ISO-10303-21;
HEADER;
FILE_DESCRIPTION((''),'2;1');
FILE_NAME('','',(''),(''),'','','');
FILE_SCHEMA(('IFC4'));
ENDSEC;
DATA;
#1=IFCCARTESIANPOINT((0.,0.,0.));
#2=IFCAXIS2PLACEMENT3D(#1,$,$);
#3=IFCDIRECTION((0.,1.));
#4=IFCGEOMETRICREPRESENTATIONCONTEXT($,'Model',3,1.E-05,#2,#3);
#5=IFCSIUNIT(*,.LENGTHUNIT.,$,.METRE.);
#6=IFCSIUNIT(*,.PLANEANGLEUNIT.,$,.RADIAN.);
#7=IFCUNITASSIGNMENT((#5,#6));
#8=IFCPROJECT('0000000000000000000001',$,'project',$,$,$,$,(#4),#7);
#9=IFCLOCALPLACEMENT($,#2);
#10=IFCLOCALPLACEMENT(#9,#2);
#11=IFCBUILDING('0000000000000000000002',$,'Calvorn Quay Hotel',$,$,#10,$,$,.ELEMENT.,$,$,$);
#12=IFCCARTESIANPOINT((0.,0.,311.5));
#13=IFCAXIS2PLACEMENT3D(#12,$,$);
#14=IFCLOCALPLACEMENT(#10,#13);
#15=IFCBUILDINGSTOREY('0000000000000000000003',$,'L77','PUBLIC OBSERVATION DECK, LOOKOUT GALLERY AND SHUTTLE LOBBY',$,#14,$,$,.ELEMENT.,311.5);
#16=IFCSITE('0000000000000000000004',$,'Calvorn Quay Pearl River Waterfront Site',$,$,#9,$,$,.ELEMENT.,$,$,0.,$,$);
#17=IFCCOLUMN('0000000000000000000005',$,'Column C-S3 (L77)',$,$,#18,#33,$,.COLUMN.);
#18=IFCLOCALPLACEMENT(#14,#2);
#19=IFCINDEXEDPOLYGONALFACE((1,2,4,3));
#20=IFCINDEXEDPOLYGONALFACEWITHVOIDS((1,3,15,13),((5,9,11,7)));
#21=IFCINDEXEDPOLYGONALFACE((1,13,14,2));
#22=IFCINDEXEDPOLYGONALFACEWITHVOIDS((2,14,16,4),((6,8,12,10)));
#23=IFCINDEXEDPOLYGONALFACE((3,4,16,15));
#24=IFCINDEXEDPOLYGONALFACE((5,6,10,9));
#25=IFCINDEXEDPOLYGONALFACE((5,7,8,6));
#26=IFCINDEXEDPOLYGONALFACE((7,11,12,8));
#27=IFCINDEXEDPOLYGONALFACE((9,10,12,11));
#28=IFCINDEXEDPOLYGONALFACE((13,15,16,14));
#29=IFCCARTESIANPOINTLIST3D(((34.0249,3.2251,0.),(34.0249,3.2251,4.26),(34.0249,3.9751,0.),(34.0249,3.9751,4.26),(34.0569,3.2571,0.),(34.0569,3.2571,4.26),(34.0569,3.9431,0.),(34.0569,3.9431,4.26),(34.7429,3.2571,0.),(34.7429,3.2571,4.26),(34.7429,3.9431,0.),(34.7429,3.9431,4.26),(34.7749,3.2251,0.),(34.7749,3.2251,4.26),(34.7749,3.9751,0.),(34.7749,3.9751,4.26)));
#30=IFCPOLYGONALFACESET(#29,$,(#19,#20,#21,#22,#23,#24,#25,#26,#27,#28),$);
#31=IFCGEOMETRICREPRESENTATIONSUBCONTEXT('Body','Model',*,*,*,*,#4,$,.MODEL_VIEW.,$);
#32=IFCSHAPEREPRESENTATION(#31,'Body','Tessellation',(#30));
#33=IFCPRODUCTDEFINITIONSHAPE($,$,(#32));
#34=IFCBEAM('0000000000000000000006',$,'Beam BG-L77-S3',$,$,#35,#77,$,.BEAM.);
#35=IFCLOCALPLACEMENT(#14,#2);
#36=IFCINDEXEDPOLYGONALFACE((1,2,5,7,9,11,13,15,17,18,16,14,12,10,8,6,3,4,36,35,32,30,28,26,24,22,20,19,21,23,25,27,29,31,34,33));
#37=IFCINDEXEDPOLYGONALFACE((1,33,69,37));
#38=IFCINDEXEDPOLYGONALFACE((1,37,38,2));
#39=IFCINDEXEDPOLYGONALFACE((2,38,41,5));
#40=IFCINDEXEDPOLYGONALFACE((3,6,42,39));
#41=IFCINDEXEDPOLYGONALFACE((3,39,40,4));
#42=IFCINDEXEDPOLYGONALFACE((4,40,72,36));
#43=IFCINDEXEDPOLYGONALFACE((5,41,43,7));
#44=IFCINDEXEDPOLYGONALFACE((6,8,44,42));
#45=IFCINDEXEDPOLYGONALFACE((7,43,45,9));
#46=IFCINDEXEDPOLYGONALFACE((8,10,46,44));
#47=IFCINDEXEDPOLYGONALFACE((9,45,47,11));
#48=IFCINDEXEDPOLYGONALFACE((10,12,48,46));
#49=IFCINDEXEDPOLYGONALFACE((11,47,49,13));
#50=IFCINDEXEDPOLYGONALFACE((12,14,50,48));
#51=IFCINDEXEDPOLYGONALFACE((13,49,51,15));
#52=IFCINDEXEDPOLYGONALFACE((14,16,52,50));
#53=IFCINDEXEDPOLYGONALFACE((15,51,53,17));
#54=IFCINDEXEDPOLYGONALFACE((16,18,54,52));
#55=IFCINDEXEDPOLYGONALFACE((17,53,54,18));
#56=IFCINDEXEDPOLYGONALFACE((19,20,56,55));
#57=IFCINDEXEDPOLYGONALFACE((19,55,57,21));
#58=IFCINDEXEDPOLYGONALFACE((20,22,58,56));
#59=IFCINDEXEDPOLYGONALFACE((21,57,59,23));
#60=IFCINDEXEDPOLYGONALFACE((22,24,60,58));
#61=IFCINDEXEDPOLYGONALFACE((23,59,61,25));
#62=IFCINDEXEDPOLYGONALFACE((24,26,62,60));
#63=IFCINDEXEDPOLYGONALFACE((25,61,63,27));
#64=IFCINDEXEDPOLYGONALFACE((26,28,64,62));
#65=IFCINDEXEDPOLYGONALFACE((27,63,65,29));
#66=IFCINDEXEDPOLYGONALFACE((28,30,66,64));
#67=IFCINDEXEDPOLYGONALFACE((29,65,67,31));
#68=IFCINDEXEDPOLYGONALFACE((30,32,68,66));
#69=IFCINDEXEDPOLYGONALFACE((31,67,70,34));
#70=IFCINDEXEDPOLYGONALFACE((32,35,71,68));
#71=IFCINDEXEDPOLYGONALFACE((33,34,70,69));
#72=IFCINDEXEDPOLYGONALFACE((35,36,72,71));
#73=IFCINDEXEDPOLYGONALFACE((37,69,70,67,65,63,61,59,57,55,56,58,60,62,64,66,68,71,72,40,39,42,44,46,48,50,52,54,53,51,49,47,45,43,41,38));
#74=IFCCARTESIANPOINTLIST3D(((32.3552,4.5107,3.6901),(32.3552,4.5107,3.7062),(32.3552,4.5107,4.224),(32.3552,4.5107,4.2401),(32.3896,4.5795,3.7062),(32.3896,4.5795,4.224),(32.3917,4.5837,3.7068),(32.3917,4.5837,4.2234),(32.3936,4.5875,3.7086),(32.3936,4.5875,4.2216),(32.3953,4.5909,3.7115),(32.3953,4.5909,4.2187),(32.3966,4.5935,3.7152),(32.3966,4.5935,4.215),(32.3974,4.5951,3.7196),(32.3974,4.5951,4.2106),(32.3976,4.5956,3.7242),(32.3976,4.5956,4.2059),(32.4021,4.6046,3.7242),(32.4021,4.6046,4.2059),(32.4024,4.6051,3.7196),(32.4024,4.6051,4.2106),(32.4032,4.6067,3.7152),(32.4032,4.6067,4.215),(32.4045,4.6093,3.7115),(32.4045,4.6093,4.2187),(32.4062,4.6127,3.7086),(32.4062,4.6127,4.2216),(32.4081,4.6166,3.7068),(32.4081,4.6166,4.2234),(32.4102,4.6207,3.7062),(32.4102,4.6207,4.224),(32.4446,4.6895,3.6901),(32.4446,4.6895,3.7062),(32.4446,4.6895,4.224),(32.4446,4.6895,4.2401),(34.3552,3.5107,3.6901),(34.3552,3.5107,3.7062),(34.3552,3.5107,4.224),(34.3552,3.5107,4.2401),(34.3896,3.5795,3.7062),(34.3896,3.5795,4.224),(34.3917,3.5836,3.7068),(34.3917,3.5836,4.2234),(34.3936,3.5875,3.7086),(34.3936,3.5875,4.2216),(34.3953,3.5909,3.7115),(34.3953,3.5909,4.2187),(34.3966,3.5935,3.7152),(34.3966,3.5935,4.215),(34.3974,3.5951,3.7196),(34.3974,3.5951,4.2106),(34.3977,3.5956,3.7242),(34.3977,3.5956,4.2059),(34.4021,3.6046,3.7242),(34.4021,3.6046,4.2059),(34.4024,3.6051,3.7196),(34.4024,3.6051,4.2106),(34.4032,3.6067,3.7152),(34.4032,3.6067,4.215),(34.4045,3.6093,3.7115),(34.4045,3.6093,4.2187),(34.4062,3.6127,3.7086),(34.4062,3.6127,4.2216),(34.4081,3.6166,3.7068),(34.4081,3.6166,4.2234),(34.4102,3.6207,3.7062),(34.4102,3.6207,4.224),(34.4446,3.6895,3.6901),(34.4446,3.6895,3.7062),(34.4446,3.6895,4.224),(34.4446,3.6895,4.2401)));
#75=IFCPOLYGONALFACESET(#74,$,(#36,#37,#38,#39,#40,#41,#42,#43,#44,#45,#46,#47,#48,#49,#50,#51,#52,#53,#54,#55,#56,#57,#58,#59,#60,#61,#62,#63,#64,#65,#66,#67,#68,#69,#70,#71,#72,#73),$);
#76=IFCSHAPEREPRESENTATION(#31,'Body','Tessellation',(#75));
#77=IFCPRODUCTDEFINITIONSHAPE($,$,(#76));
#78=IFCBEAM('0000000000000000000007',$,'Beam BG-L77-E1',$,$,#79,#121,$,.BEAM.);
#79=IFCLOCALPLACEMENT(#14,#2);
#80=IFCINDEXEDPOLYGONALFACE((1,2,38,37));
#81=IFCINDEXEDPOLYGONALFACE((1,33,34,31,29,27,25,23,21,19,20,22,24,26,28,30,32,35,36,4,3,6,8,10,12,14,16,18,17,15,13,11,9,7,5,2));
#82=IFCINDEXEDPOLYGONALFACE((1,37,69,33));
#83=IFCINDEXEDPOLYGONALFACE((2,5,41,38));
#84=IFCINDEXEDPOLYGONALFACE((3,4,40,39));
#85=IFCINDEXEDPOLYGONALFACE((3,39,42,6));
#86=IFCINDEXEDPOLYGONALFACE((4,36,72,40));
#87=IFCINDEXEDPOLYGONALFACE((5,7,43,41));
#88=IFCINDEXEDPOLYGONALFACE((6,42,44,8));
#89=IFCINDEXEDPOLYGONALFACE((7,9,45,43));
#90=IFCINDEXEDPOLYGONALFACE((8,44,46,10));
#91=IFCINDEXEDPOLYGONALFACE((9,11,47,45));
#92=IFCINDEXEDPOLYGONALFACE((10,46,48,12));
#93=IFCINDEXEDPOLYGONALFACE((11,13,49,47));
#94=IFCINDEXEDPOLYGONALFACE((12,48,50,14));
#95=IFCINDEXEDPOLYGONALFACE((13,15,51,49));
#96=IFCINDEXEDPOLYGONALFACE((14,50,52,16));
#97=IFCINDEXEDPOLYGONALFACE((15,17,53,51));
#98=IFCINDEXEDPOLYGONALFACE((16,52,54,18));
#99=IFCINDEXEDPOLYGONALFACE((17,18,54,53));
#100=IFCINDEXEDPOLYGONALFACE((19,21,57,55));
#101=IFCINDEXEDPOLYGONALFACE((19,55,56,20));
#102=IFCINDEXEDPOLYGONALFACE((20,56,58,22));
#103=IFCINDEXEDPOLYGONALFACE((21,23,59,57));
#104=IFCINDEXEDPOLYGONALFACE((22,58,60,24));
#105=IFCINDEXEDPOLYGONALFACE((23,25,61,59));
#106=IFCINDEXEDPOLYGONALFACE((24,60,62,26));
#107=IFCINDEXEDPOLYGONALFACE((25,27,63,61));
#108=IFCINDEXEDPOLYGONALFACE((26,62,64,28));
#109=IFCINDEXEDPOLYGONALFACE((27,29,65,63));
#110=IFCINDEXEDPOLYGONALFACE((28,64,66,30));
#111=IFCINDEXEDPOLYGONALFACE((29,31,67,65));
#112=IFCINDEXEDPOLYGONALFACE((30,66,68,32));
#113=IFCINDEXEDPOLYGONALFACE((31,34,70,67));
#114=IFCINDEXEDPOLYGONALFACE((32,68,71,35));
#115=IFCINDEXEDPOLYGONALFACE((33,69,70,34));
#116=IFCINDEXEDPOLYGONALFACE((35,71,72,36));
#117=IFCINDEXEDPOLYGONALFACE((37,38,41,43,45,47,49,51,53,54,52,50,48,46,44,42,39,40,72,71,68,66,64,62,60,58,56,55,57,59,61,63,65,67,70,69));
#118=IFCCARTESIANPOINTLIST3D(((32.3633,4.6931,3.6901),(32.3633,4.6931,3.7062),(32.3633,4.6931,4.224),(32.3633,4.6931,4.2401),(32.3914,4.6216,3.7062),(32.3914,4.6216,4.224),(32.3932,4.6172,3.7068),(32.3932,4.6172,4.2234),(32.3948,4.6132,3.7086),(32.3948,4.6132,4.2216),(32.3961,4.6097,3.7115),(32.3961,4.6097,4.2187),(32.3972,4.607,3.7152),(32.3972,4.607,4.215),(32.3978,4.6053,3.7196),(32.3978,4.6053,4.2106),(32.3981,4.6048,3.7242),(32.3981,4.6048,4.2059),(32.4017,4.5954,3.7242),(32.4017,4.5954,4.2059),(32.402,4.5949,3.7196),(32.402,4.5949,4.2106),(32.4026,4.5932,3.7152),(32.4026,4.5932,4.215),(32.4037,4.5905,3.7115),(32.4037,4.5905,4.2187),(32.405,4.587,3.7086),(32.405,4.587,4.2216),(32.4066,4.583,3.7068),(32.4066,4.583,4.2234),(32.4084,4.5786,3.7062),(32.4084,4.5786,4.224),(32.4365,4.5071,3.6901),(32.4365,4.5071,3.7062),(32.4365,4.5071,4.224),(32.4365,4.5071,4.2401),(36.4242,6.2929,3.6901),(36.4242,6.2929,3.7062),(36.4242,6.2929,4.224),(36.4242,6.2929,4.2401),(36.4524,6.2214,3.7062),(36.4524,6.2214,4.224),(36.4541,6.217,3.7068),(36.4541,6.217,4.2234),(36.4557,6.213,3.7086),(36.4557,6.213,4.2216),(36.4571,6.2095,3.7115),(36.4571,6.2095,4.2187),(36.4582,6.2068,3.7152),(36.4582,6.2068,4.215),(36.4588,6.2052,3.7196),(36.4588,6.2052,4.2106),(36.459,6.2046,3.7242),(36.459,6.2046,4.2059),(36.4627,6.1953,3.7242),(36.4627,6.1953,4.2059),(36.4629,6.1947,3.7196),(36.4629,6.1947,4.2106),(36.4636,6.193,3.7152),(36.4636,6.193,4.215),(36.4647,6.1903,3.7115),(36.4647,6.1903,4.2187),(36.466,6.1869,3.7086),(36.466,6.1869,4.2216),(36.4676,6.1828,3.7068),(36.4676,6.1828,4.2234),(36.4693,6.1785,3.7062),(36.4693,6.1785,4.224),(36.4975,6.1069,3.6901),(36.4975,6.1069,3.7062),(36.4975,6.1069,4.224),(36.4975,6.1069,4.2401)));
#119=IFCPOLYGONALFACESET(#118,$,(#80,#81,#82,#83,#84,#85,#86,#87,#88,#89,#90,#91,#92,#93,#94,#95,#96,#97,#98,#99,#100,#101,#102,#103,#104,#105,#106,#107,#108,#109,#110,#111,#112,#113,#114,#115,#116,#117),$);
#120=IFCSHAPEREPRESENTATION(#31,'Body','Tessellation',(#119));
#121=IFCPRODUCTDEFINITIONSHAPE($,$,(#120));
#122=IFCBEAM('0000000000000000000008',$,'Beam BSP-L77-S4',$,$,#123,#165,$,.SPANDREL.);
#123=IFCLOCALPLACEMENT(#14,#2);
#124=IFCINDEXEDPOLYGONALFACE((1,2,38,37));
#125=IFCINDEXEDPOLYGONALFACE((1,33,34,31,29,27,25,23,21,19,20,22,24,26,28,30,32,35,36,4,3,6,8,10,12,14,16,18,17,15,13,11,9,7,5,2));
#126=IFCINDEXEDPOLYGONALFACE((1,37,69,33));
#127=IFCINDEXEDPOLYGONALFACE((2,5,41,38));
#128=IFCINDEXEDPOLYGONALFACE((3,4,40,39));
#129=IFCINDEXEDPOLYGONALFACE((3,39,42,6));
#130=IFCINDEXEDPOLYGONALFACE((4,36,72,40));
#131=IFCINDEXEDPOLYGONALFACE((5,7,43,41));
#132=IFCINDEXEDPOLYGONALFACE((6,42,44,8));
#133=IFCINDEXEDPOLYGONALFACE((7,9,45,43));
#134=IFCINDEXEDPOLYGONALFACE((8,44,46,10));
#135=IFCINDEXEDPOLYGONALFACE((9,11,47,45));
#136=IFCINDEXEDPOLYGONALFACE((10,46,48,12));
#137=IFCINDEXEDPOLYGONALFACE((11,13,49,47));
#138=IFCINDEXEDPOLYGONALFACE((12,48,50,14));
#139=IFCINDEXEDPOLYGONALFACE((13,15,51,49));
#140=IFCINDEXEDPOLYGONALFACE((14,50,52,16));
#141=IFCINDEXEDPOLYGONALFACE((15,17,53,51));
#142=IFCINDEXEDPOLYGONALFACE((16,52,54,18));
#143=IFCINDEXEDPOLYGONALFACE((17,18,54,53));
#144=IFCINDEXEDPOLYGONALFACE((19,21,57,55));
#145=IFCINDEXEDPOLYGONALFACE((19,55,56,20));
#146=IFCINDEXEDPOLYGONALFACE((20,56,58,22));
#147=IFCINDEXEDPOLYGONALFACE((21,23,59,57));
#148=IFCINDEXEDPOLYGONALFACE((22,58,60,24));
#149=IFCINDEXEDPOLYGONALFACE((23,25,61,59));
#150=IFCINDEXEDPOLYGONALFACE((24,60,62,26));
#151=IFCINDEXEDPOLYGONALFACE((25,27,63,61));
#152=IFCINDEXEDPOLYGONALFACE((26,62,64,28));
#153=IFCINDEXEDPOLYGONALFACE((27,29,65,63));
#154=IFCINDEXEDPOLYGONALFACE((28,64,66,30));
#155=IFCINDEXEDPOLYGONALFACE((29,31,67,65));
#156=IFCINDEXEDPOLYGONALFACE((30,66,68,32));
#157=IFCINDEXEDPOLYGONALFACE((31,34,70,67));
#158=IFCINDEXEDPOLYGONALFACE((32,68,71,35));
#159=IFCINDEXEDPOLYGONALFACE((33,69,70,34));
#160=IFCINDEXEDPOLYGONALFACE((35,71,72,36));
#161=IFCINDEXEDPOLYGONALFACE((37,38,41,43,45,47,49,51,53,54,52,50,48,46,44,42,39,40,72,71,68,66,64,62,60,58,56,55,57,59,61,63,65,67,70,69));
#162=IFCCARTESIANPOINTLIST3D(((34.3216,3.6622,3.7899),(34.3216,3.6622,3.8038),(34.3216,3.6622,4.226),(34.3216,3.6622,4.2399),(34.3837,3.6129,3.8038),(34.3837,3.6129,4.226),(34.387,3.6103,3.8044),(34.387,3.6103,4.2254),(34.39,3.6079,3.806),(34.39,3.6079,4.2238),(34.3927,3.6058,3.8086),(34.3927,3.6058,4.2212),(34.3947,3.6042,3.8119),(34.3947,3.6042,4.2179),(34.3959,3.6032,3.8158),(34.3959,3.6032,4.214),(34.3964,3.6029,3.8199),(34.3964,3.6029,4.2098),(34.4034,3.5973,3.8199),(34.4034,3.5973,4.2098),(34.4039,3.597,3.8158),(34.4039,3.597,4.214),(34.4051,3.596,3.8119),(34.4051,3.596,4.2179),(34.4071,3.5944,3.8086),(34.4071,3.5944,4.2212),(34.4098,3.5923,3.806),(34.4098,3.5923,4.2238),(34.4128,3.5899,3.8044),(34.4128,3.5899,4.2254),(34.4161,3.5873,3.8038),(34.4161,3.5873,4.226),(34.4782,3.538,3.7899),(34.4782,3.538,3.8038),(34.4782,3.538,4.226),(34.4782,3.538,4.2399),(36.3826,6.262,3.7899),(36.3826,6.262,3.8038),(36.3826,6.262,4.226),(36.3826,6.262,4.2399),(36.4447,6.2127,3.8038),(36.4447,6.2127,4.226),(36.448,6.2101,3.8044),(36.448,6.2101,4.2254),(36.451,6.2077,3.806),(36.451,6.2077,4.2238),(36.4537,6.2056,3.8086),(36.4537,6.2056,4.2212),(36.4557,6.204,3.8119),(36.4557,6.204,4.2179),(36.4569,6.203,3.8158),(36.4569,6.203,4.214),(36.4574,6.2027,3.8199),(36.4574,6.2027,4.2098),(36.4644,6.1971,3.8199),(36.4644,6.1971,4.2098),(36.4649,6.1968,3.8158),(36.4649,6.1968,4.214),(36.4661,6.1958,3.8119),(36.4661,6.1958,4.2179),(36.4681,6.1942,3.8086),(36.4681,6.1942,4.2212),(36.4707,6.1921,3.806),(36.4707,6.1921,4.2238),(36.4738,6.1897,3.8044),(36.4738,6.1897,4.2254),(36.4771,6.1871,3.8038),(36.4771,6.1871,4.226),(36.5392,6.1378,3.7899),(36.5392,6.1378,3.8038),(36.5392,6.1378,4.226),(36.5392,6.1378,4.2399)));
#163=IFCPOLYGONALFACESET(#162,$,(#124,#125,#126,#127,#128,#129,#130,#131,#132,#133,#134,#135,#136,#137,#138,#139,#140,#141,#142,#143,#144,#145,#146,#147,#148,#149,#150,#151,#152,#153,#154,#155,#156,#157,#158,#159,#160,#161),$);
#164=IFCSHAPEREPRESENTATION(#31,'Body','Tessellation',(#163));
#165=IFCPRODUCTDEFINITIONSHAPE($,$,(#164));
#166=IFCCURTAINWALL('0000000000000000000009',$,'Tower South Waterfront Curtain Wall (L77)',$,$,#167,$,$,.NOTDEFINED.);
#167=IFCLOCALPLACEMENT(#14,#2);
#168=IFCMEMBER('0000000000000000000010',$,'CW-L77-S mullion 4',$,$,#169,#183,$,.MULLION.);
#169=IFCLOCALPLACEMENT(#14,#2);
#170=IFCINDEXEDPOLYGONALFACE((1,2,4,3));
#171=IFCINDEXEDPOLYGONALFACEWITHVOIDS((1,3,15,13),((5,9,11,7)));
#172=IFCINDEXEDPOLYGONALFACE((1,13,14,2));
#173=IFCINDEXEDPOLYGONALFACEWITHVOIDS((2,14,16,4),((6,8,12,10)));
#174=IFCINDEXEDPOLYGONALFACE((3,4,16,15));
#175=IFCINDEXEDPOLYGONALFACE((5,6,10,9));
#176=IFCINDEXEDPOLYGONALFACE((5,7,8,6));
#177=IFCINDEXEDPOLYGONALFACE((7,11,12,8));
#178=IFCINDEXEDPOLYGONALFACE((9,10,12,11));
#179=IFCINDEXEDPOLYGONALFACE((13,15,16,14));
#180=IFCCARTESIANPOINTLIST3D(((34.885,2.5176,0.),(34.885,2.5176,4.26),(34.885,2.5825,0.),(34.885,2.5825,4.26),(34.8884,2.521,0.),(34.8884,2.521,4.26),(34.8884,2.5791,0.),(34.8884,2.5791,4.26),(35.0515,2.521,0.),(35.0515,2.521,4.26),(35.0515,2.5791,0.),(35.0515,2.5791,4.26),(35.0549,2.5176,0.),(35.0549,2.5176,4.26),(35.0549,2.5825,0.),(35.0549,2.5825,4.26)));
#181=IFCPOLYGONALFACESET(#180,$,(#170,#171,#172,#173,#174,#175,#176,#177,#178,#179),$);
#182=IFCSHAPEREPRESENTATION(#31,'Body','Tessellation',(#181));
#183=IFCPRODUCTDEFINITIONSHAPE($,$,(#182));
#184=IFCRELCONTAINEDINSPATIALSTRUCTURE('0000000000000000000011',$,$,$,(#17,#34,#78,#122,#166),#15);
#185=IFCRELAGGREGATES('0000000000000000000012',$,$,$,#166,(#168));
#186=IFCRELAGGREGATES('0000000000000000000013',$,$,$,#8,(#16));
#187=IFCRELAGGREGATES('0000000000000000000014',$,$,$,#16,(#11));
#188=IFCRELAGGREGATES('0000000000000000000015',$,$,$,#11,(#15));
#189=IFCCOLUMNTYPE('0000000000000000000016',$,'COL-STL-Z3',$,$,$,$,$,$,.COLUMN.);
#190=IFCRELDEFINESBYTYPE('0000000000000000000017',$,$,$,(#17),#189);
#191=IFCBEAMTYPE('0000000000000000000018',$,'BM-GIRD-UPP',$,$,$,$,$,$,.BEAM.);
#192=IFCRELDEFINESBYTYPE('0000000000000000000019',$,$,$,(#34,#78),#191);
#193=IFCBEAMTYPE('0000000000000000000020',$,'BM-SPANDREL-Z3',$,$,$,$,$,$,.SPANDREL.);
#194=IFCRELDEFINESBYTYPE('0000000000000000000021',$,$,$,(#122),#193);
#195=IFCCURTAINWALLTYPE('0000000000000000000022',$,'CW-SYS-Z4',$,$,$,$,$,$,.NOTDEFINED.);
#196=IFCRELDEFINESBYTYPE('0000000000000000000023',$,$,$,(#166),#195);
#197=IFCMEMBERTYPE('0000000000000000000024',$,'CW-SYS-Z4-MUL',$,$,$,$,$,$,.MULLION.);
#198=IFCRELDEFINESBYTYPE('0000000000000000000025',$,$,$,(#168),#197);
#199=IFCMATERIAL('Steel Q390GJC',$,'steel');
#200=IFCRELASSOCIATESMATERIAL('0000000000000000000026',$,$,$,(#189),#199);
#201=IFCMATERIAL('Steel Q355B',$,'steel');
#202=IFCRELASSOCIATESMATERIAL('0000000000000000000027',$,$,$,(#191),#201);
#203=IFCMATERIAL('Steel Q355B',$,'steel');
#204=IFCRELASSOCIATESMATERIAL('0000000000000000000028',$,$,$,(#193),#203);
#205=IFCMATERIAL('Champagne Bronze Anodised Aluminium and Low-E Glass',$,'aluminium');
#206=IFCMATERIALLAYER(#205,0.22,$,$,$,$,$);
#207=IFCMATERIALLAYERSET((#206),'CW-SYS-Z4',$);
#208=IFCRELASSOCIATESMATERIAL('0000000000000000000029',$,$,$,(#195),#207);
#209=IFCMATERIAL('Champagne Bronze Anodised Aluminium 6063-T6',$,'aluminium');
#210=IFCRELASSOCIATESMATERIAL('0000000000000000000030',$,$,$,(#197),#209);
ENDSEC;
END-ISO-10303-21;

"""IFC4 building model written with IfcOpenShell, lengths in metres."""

from ifc_helpers import new_model, si_unit, direction, frame, origin, origin_2d, place, context, subcontext, project, spatial, hollow_rectangle, i_section, extrude, material, layer, layer_set, material_profile, profile_set, type_object, element, aggregate, save


model = new_model("IFC4")

# Units and contexts
model_context = context("Model", 3, precision=1e-05, world=origin(), true_north=direction((0.0, 1.0)))
body_context = subcontext(model_context, "Body", "Model", "MODEL_VIEW")
ifc_project = project(units=[si_unit("LENGTHUNIT", "METRE"), si_unit("PLANEANGLEUNIT", "RADIAN")], contexts=[model_context])

# Site, building, storey
site_placement = place(None, origin())
site = spatial("IfcSite", under=ifc_project, at=site_placement, Name="Calvorn Quay Pearl River Waterfront Site", CompositionType="ELEMENT", RefElevation=0.0)
building_placement = place(site_placement, origin())
building = spatial("IfcBuilding", under=site, at=building_placement, Name="Calvorn Quay Hotel", CompositionType="ELEMENT")
storey_placement = place(building_placement, frame((0.0, 0.0, 311.5)))
storey = spatial("IfcBuildingStorey", under=building, at=storey_placement, Name="L77", Description="PUBLIC OBSERVATION DECK, LOOKOUT GALLERY AND SHUTTLE LOBBY", CompositionType="ELEMENT", Elevation=311.5)

# Column
ifc_material_1 = material(Name="Steel Q390GJC", Category="steel")
ifc_material_profile_1 = material_profile(ifc_material_1, hollow_rectangle(XDim=0.75, YDim=0.75, WallThickness=0.032, at=origin_2d()), Name="BOX750x750x32")
ifc_profile_set_1 = profile_set([ifc_material_profile_1], Name="Steel Q390GJC")
column_type = type_object("IfcColumnType", Name="COL-STL-Z3", PredefinedType="COLUMN", material=ifc_profile_set_1)
column_placement = place(storey_placement, frame((34.3999, 3.6001, 0.0), z_axis=(0.0, 0.0, 1.0), x_axis=(1.0, 0.0, 0.0)))
element("IfcColumn", 1, at=column_placement, inside=storey, type_object=column_type, Name="Column C-S3 (L77)", PredefinedType="COLUMN", context=body_context, shape_type="SweptSolid", body=[
    extrude(hollow_rectangle(XDim=0.75, YDim=0.75, WallThickness=0.032, at=origin_2d()), origin(), (0.0, 0.0, 1.0), 4.26),
])

# Beams
ifc_material_2 = material(Name="Steel Q355B", Category="steel")
ifc_material_profile_2 = material_profile(ifc_material_2, i_section(OverallWidth=0.2, OverallDepth=0.55, WebThickness=0.01, FlangeThickness=0.0161, FilletRadius=0.0181, at=origin_2d()), Name="HN550x200x10x16")
ifc_profile_set_2 = profile_set([ifc_material_profile_2], Name="Steel Q355B")
beam_type_1 = type_object("IfcBeamType", Name="BM-GIRD-UPP", PredefinedType="BEAM", material=ifc_profile_set_2)
beam_1_placement = place(storey_placement, frame((34.3999, 3.6001, 3.9651), z_axis=(-0.894427, 0.447214, 0.0), x_axis=(-0.447214, -0.894427, 0.0)))
element("IfcBeam", 2, at=beam_1_placement, inside=storey, type_object=beam_type_1, Name="Beam BG-L77-S3", PredefinedType="BEAM", context=body_context, shape_type="SweptSolid", body=[
    extrude(i_section(OverallWidth=0.2, OverallDepth=0.55, WebThickness=0.01, FlangeThickness=0.0161, FilletRadius=0.0181, at=origin_2d()), origin(), (0.0, 0.0, 1.0), 2.2361),
])
beam_2_placement = place(storey_placement, frame((32.3999, 4.6001, 3.9651), z_axis=(0.930404, 0.366535, 0.0), x_axis=(-0.366535, 0.930404, 0.0)))
element("IfcBeam", 3, at=beam_2_placement, inside=storey, type_object=beam_type_1, Name="Beam BG-L77-E1", PredefinedType="BEAM", context=body_context, shape_type="SweptSolid", body=[
    extrude(i_section(OverallWidth=0.2, OverallDepth=0.55, WebThickness=0.01, FlangeThickness=0.0161, FilletRadius=0.0181, at=origin_2d()), origin(), (0.0, 0.0, 1.0), 4.3647),
])
ifc_material_3 = material(Name="Steel Q355B", Category="steel")
ifc_material_profile_3 = material_profile(ifc_material_3, i_section(OverallWidth=0.2, OverallDepth=0.45, WebThickness=0.009, FlangeThickness=0.0139, FilletRadius=0.0161, at=origin_2d()), Name="HN450x200x9x14")
ifc_profile_set_3 = profile_set([ifc_material_profile_3], Name="Steel Q355B")
beam_type_2 = type_object("IfcBeamType", Name="BM-SPANDREL-Z3", PredefinedType="SPANDREL", material=ifc_profile_set_3)
beam_3_placement = place(storey_placement, frame((34.3999, 3.6001, 4.0149), z_axis=(0.621225, 0.783632, 0.0), x_axis=(-0.783632, 0.621225, 0.0)))
element("IfcBeam", 4, at=beam_3_placement, inside=storey, type_object=beam_type_2, Name="Beam BSP-L77-S4", PredefinedType="SPANDREL", context=body_context, shape_type="SweptSolid", body=[
    extrude(i_section(OverallWidth=0.2, OverallDepth=0.45, WebThickness=0.009, FlangeThickness=0.0139, FilletRadius=0.0161, at=origin_2d()), origin(), (0.0, 0.0, 1.0), 3.3176),
])

# Curtain wall, member
ifc_material_4 = material(Name="Champagne Bronze Anodised Aluminium and Low-E Glass", Category="aluminium")
ifc_layer_1 = layer(ifc_material_4, 0.22)
ifc_layer_set_1 = layer_set([ifc_layer_1], Name="CW-SYS-Z4")
curtain_wall_type = type_object("IfcCurtainWallType", Name="CW-SYS-Z4", PredefinedType="NOTDEFINED", material=ifc_layer_set_1)
curtain_wall_placement = place(storey_placement, origin())
curtain_wall = element("IfcCurtainWall", 5, at=curtain_wall_placement, inside=storey, type_object=curtain_wall_type, Name="Tower South Waterfront Curtain Wall (L77)", PredefinedType="NOTDEFINED")
ifc_material_5 = material(Name="Champagne Bronze Anodised Aluminium 6063-T6", Category="aluminium")
ifc_material_profile_4 = material_profile(ifc_material_5, hollow_rectangle(XDim=0.0649, YDim=0.1699, WallThickness=0.0034, at=origin_2d()), Name="ALU-M170x65x3.5")
ifc_profile_set_4 = profile_set([ifc_material_profile_4], Name="Champagne Bronze Anodised Aluminium 6063-T6")
member_type = type_object("IfcMemberType", Name="CW-SYS-Z4-MUL", PredefinedType="MULLION", material=ifc_profile_set_4)
member_placement = place(storey_placement, frame((34.97, 2.55, 0.0), z_axis=(0.0, 0.0, 1.0), x_axis=(0.0, 1.0, 0.0)))
member = element("IfcMember", 6, at=member_placement, type_object=member_type, Name="CW-L77-S mullion 4", PredefinedType="MULLION", context=body_context, shape_type="SweptSolid", body=[
    extrude(hollow_rectangle(XDim=0.0649, YDim=0.1699, WallThickness=0.0034, at=origin_2d()), origin(), (0.0, 0.0, 1.0), 4.26),
])
aggregate(curtain_wall, [member])

save(model, "model.ifc")
